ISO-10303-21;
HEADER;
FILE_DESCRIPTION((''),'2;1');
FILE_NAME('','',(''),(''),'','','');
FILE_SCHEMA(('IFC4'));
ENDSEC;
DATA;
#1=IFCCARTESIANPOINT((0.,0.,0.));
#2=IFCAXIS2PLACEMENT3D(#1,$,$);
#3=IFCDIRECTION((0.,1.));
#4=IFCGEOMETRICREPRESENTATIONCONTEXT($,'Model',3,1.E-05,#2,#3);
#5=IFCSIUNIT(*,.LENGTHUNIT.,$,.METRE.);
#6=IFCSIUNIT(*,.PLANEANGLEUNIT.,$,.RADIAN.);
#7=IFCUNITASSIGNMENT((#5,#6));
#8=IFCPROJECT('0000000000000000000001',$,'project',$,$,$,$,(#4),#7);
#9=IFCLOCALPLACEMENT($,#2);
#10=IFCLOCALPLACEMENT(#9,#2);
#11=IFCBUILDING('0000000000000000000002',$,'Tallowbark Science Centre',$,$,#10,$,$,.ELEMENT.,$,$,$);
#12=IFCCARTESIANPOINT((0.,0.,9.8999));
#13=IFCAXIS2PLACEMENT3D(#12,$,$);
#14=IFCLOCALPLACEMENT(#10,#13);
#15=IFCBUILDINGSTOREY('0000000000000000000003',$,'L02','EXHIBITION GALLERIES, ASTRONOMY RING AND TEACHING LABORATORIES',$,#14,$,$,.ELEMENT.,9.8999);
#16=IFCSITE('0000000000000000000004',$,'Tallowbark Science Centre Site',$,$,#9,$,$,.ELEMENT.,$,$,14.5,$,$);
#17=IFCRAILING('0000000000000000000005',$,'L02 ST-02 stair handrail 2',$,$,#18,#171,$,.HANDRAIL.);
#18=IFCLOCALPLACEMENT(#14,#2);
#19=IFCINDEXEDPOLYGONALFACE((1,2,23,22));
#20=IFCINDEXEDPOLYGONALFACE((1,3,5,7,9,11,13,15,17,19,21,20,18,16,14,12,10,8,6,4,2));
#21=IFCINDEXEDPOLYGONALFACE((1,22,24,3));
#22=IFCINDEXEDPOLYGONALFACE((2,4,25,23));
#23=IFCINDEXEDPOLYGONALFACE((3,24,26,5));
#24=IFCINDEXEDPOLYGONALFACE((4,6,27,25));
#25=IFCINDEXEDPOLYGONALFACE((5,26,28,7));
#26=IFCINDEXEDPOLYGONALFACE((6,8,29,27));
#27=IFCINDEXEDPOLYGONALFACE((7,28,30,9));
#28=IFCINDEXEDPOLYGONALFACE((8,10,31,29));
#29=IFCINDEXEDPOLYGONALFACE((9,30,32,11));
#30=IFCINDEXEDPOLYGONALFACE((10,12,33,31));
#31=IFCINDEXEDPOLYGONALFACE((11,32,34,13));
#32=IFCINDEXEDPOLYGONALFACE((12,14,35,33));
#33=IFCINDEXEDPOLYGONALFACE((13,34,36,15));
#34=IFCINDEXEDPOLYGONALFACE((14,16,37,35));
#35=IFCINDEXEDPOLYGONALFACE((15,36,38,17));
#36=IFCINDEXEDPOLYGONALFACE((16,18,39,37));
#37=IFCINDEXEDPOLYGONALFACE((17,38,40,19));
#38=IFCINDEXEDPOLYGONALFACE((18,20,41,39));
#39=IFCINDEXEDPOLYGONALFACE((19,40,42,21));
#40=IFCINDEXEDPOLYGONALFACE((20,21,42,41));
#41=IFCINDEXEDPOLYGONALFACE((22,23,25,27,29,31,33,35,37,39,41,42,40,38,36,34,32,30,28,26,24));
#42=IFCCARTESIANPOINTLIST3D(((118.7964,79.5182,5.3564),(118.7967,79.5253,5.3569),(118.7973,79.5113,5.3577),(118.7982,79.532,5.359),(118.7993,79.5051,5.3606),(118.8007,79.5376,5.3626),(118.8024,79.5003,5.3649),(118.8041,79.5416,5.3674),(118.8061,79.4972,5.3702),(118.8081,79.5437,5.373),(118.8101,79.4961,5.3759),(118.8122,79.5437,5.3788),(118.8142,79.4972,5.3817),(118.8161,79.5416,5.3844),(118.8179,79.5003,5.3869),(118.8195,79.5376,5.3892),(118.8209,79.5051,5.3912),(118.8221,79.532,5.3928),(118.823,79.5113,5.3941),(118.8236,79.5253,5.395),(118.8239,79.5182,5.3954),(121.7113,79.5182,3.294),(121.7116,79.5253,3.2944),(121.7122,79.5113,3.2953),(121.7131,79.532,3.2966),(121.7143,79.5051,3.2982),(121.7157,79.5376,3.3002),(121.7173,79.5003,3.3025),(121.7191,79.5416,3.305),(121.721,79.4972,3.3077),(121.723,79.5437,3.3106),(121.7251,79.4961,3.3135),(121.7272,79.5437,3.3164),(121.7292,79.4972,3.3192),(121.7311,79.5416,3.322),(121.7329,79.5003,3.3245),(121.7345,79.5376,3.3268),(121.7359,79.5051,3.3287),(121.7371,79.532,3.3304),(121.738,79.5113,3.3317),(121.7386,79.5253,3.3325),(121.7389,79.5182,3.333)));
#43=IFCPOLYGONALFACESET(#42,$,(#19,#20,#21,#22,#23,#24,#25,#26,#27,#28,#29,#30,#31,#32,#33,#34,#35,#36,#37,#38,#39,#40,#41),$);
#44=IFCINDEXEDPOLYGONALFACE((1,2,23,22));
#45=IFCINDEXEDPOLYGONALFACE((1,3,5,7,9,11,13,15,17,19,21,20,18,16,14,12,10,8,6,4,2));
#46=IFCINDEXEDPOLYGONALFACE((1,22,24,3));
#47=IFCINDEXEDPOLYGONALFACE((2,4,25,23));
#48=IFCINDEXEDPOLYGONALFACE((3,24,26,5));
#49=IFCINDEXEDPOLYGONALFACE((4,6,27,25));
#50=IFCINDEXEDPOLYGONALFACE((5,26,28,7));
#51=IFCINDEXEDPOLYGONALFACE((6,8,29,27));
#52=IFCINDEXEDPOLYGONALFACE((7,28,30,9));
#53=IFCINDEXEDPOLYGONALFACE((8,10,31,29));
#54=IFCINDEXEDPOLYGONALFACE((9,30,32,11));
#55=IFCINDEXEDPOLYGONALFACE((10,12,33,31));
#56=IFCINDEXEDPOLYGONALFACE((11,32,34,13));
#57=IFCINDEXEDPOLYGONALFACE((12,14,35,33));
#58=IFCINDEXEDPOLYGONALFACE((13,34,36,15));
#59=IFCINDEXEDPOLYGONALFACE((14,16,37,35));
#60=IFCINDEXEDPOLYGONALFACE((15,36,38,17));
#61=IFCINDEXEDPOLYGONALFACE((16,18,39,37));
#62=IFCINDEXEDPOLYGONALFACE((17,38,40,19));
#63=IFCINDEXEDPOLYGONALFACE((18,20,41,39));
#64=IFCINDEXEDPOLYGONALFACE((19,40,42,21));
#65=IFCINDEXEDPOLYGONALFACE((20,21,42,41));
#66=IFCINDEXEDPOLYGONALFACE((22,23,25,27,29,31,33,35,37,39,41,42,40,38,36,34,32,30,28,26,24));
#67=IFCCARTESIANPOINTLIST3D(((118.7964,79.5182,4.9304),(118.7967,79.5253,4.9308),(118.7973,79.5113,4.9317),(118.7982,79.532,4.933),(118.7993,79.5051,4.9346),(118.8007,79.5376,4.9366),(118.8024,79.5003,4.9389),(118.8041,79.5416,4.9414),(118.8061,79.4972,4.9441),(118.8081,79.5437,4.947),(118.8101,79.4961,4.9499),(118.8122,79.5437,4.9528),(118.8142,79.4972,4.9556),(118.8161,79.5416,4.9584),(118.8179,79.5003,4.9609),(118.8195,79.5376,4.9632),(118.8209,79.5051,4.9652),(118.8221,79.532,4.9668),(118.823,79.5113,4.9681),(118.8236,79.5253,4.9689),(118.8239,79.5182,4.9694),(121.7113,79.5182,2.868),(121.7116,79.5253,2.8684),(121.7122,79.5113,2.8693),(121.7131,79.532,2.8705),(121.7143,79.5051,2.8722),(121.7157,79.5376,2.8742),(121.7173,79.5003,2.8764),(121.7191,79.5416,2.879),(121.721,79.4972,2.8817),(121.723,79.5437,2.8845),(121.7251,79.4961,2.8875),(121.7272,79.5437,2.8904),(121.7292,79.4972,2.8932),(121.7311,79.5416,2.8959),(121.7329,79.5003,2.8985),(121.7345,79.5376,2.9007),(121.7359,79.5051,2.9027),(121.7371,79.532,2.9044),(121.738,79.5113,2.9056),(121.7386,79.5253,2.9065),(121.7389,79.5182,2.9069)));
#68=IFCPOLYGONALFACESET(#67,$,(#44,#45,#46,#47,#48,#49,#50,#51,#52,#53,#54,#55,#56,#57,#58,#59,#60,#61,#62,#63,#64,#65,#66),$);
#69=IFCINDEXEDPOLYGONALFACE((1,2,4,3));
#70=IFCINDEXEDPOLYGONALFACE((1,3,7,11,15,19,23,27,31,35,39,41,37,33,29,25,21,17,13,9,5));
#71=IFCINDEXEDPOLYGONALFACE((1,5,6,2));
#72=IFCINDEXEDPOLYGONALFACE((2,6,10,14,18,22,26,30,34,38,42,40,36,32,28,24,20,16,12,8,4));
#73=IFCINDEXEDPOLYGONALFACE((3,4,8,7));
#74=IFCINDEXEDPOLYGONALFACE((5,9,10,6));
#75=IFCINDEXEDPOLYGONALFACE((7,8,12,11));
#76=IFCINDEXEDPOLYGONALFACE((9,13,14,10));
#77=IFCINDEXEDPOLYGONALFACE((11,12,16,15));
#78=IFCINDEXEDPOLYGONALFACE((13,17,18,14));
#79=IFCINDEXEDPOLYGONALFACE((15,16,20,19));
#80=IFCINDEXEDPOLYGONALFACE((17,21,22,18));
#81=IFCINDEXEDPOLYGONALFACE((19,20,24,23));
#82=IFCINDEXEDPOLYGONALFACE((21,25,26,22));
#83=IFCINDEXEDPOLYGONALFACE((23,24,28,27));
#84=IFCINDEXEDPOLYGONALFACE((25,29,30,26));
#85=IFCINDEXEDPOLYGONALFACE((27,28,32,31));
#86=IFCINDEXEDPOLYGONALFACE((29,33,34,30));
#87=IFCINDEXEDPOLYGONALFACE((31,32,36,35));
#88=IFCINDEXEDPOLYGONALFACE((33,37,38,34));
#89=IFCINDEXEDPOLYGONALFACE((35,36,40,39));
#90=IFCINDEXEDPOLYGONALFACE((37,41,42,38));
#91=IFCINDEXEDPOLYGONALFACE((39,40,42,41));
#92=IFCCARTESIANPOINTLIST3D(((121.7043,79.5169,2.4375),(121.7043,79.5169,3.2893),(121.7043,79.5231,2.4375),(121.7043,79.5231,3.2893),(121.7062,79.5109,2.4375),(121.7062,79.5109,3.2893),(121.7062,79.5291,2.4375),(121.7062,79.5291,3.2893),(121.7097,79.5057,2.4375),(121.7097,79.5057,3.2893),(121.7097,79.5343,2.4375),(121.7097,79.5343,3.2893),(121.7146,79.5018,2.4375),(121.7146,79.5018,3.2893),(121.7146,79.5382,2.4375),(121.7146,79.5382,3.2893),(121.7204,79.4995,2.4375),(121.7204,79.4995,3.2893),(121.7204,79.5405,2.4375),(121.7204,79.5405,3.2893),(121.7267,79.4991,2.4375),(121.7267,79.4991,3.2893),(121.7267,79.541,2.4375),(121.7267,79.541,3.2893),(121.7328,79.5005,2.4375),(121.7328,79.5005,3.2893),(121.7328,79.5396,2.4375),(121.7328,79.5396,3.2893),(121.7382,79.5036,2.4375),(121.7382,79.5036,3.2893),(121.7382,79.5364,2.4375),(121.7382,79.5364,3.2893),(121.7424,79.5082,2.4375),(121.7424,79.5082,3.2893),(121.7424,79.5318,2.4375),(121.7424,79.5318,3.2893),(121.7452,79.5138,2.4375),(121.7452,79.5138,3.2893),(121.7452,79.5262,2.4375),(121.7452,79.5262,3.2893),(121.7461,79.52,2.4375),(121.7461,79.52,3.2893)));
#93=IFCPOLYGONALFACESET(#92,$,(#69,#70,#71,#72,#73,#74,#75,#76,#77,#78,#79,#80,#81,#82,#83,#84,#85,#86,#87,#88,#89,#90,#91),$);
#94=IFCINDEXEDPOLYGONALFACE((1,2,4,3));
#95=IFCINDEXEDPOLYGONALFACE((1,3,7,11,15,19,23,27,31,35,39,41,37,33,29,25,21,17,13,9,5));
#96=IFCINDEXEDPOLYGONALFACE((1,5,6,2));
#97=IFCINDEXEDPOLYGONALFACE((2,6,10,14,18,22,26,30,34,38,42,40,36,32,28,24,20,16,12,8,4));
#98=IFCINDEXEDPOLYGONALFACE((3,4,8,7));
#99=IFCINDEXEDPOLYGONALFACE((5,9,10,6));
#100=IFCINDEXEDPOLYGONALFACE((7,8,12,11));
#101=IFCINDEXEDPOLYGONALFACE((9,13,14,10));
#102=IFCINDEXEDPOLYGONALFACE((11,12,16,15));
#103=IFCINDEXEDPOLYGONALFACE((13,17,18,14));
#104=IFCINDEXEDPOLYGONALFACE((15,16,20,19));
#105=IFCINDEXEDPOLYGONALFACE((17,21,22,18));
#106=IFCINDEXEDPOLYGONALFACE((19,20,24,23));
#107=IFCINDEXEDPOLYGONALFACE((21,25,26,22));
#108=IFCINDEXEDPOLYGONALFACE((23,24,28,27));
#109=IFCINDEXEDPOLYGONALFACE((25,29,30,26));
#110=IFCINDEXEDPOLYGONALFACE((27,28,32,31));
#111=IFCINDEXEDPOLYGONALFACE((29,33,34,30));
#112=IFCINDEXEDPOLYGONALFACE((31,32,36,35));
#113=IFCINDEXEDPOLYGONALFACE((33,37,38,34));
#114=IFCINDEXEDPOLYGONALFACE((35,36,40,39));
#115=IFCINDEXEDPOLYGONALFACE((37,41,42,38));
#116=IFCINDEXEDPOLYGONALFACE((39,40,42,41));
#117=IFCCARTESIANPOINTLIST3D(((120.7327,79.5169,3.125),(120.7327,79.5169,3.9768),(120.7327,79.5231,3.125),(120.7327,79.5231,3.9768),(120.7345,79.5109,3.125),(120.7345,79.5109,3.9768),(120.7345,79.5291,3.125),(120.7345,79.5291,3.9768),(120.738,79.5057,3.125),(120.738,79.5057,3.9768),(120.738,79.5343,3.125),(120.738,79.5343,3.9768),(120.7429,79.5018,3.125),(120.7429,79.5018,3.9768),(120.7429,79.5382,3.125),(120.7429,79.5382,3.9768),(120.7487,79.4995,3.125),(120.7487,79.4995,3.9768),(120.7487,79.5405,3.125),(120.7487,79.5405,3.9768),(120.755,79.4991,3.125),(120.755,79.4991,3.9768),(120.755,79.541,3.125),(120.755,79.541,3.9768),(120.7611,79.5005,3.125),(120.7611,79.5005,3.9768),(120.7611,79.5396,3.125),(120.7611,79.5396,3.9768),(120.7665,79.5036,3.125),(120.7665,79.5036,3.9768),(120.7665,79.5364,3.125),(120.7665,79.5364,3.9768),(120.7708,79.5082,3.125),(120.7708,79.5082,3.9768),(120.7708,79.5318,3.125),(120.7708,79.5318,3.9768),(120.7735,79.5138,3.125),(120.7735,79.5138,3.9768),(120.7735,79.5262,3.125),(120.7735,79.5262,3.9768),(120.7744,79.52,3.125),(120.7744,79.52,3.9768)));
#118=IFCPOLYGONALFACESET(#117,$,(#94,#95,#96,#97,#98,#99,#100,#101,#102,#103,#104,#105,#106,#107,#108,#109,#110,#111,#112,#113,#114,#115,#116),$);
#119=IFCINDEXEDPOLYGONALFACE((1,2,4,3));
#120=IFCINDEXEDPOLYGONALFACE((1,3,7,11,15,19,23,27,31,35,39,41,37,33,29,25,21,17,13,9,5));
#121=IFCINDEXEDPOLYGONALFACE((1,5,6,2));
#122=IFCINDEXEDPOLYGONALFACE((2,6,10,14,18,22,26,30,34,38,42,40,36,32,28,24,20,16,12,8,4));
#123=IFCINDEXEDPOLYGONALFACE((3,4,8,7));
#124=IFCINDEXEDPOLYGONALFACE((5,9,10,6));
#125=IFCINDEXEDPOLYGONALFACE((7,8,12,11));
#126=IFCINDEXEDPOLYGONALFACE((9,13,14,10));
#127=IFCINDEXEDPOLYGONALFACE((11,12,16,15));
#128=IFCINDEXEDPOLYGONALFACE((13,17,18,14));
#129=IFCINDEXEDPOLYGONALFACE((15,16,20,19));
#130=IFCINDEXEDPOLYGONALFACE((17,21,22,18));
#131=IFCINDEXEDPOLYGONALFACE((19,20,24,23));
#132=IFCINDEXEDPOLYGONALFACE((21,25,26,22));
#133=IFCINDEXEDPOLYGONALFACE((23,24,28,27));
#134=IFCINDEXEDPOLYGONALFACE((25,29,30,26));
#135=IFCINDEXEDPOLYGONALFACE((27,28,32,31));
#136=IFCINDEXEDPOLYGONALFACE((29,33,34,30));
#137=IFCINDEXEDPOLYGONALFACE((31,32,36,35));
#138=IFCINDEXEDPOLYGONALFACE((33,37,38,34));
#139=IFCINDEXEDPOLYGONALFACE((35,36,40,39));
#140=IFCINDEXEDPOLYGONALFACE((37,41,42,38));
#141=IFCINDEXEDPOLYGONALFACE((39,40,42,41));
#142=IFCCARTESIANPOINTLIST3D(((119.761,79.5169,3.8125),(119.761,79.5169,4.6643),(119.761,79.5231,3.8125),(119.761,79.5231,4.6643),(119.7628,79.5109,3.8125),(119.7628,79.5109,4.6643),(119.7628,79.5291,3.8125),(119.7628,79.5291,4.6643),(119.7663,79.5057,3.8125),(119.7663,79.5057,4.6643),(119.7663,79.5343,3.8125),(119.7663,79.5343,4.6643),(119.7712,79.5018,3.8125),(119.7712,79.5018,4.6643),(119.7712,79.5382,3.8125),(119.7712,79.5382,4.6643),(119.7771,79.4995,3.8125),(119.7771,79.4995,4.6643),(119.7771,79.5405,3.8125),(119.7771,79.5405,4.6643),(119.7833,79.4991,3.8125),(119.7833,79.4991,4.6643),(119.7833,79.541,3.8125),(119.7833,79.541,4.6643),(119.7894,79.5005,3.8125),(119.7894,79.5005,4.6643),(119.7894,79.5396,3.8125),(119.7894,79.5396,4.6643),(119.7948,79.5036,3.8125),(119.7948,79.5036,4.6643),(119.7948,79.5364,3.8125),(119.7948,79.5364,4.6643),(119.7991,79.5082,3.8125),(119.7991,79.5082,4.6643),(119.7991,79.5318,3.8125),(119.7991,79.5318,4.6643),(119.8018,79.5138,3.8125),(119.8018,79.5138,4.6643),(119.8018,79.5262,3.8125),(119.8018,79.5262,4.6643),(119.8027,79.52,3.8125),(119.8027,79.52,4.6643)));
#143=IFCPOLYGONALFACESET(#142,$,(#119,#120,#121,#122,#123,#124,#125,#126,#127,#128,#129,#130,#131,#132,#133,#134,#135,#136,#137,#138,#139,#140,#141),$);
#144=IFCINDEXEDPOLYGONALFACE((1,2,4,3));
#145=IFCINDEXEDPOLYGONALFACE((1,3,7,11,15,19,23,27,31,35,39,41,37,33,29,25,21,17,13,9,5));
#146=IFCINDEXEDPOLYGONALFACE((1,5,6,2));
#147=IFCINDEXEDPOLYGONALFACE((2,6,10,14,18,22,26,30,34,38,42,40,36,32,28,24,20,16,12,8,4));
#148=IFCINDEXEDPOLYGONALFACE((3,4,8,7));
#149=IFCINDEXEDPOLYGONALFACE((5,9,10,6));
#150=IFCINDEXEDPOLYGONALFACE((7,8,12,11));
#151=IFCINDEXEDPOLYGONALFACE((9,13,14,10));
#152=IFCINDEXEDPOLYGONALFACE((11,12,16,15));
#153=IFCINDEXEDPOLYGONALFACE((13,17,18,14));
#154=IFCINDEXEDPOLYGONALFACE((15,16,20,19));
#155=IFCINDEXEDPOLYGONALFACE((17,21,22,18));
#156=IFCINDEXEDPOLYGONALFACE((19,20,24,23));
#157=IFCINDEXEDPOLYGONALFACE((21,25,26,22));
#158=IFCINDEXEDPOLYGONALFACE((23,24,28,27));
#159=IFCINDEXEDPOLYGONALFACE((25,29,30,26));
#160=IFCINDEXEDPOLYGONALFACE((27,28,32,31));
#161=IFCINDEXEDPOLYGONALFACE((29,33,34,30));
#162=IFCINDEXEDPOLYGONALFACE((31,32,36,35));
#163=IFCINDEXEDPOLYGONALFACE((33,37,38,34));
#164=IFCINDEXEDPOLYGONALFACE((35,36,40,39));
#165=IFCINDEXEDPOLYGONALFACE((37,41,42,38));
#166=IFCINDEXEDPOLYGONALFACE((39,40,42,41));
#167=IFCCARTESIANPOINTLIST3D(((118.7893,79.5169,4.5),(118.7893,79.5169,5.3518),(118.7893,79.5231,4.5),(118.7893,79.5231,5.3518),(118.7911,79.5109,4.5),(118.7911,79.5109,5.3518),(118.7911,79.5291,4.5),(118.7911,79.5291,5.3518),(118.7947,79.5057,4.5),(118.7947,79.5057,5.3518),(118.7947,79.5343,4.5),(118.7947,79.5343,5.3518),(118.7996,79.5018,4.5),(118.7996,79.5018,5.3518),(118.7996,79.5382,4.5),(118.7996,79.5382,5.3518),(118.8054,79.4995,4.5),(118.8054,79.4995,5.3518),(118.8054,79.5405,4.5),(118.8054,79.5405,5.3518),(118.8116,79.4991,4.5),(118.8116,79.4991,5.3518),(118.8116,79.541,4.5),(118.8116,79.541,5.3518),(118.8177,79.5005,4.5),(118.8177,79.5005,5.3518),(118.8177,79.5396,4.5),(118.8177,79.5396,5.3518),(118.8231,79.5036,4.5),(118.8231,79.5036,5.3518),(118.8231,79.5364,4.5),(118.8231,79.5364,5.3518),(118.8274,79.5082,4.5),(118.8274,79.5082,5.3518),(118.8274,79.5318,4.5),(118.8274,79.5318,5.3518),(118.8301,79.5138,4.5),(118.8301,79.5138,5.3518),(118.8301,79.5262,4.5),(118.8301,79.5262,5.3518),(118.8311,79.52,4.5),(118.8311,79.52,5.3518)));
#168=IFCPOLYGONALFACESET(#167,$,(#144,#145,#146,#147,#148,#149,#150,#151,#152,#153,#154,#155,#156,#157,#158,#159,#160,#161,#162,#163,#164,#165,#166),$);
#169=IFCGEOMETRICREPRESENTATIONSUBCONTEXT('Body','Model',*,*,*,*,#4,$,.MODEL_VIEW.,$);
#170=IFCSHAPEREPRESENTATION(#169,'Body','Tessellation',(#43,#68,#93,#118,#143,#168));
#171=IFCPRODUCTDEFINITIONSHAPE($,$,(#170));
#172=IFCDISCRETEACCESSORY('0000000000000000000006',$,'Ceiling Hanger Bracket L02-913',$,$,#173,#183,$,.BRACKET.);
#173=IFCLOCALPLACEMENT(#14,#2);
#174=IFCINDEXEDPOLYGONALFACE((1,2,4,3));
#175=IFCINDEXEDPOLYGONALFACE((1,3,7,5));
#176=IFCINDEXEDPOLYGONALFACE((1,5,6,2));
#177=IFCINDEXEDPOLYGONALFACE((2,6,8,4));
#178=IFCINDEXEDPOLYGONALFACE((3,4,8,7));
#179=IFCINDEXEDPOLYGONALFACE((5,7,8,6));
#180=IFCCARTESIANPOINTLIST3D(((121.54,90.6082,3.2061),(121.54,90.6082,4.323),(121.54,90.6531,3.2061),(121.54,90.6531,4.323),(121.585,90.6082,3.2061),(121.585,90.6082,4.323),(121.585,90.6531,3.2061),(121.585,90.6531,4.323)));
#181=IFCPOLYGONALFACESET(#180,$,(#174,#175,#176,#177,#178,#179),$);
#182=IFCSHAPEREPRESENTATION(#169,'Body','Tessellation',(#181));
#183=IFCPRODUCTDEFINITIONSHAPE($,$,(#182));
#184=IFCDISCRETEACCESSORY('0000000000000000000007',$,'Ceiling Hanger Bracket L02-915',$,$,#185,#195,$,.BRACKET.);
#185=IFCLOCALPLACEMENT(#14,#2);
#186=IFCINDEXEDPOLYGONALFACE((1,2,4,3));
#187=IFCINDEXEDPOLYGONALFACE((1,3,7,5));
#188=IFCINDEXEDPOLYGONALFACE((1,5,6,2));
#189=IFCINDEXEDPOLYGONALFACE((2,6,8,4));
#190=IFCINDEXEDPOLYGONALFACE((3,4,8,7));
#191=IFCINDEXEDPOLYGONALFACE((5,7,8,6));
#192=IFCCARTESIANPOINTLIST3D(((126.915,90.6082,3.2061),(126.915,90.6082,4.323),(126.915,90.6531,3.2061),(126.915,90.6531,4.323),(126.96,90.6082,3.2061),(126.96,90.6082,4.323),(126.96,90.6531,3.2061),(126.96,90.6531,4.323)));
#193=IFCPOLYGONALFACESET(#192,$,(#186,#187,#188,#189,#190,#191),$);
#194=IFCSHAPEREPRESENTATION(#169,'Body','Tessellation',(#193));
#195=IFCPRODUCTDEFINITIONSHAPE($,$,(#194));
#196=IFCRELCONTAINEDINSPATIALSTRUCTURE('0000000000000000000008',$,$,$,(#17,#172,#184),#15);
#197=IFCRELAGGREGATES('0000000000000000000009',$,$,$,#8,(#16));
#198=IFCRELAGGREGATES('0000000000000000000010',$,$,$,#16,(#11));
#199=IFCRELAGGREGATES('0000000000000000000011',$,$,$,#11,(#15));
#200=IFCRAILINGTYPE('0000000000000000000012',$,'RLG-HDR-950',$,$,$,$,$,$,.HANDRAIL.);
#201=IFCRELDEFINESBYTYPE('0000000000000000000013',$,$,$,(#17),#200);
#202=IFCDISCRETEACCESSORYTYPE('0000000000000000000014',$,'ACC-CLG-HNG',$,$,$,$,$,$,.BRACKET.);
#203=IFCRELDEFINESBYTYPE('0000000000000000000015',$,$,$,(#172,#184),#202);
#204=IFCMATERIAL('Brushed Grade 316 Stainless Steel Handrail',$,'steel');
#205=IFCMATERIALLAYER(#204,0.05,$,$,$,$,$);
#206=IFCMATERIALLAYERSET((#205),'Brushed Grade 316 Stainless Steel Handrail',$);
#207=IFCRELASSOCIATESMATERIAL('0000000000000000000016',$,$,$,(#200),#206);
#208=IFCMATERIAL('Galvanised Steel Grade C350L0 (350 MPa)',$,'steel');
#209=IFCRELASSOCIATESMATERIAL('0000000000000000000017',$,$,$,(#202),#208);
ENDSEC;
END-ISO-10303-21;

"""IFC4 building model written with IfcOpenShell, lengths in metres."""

from ifc_helpers import new_model, si_unit, direction, frame, origin, origin_2d, place, context, subcontext, project, spatial, rectangle, circle, extrude, material, layer, layer_set, type_object, element, save


model = new_model("IFC4")

# Units and contexts
model_context = context("Model", 3, precision=1e-05, world=origin(), true_north=direction((0.0, 1.0)))
body_context = subcontext(model_context, "Body", "Model", "MODEL_VIEW")
ifc_project = project(units=[si_unit("LENGTHUNIT", "METRE"), si_unit("PLANEANGLEUNIT", "RADIAN")], contexts=[model_context])

# Site, building, storey
site_placement = place(None, origin())
site = spatial("IfcSite", under=ifc_project, at=site_placement, Name="Tallowbark Science Centre Site", CompositionType="ELEMENT", RefElevation=14.5)
building_placement = place(site_placement, origin())
building = spatial("IfcBuilding", under=site, at=building_placement, Name="Tallowbark Science Centre", CompositionType="ELEMENT")
storey_placement = place(building_placement, frame((0.0, 0.0, 9.8999)))
storey = spatial("IfcBuildingStorey", under=building, at=storey_placement, Name="L02", Description="EXHIBITION GALLERIES, ASTRONOMY RING AND TEACHING LABORATORIES", CompositionType="ELEMENT", Elevation=9.8999)

# Railing
ifc_material_1 = material(Name="Brushed Grade 316 Stainless Steel Handrail", Category="steel")
ifc_layer_1 = layer(ifc_material_1, 0.05)
ifc_layer_set_1 = layer_set([ifc_layer_1], Name="Brushed Grade 316 Stainless Steel Handrail")
railing_type_1 = type_object("IfcRailingType", Name="RLG-HDR-950", PredefinedType="HANDRAIL", material=ifc_layer_set_1)
railing_1_placement = place(storey_placement, frame((121.7251, 79.52, 2.4375)))
element("IfcRailing", 1, at=railing_1_placement, inside=storey, type_object=railing_type_1, Name="L02 ST-02 stair handrail 2", PredefinedType="HANDRAIL", context=body_context, shape_type="SweptSolid", body=[
    extrude(circle(Radius=0.0239, at=origin_2d()), frame((0.0, 0.0, 0.876), z_axis=(-0.816331, 0.0, 0.577585), x_axis=(0.0, -1.0, 0.0)), (0.0, 0.0, 1.0), 3.5708),
    extrude(circle(Radius=0.0239, at=origin_2d()), frame((0.0, 0.0, 0.45), z_axis=(-0.816331, 0.0, 0.577585), x_axis=(0.0, -1.0, 0.0)), (0.0, 0.0, 1.0), 3.5708),
    extrude(circle(Radius=0.021, at=origin_2d()), origin(), (0.0, 0.0, 1.0), 0.8518),
    extrude(circle(Radius=0.021, at=origin_2d()), frame((-0.9717, 0.0, 0.6875)), (0.0, 0.0, 1.0), 0.8518),
    extrude(circle(Radius=0.021, at=origin_2d()), frame((-1.9434, 0.0, 1.375)), (0.0, 0.0, 1.0), 0.8518),
    extrude(circle(Radius=0.021, at=origin_2d()), frame((-2.915, 0.0, 2.0625)), (0.0, 0.0, 1.0), 0.8518),
])

# Discrete accessories
ifc_material_2 = material(Name="Galvanised Steel Grade C350L0 (350 MPa)", Category="steel")
discrete_accessory_type = type_object("IfcDiscreteAccessoryType", Name="ACC-CLG-HNG", PredefinedType="BRACKET", material=ifc_material_2)
for number, where, z_axis, x_axis, name in (
    (2, (121.5625, 90.6306, 3.2061), (0.0, 0.0, 1.0), (1.0, 0.0, 0.0), "Ceiling Hanger Bracket L02-913"),
    (3, (126.9375, 90.6306, 3.2061), (0.0, 0.0, 1.0), (1.0, 0.0, 0.0), "Ceiling Hanger Bracket L02-915"),
):
    element("IfcDiscreteAccessory", number, at=place(storey_placement, frame(where, z_axis=z_axis, x_axis=x_axis)), inside=storey, type_object=discrete_accessory_type, Name=name, PredefinedType="BRACKET", context=body_context, shape_type="SweptSolid", body=[
        extrude(rectangle(XDim=0.0449, YDim=0.0449, at=origin_2d()), origin(), (0.0, 0.0, 1.0), 1.1169),
    ])

save(model, "model.ifc")
